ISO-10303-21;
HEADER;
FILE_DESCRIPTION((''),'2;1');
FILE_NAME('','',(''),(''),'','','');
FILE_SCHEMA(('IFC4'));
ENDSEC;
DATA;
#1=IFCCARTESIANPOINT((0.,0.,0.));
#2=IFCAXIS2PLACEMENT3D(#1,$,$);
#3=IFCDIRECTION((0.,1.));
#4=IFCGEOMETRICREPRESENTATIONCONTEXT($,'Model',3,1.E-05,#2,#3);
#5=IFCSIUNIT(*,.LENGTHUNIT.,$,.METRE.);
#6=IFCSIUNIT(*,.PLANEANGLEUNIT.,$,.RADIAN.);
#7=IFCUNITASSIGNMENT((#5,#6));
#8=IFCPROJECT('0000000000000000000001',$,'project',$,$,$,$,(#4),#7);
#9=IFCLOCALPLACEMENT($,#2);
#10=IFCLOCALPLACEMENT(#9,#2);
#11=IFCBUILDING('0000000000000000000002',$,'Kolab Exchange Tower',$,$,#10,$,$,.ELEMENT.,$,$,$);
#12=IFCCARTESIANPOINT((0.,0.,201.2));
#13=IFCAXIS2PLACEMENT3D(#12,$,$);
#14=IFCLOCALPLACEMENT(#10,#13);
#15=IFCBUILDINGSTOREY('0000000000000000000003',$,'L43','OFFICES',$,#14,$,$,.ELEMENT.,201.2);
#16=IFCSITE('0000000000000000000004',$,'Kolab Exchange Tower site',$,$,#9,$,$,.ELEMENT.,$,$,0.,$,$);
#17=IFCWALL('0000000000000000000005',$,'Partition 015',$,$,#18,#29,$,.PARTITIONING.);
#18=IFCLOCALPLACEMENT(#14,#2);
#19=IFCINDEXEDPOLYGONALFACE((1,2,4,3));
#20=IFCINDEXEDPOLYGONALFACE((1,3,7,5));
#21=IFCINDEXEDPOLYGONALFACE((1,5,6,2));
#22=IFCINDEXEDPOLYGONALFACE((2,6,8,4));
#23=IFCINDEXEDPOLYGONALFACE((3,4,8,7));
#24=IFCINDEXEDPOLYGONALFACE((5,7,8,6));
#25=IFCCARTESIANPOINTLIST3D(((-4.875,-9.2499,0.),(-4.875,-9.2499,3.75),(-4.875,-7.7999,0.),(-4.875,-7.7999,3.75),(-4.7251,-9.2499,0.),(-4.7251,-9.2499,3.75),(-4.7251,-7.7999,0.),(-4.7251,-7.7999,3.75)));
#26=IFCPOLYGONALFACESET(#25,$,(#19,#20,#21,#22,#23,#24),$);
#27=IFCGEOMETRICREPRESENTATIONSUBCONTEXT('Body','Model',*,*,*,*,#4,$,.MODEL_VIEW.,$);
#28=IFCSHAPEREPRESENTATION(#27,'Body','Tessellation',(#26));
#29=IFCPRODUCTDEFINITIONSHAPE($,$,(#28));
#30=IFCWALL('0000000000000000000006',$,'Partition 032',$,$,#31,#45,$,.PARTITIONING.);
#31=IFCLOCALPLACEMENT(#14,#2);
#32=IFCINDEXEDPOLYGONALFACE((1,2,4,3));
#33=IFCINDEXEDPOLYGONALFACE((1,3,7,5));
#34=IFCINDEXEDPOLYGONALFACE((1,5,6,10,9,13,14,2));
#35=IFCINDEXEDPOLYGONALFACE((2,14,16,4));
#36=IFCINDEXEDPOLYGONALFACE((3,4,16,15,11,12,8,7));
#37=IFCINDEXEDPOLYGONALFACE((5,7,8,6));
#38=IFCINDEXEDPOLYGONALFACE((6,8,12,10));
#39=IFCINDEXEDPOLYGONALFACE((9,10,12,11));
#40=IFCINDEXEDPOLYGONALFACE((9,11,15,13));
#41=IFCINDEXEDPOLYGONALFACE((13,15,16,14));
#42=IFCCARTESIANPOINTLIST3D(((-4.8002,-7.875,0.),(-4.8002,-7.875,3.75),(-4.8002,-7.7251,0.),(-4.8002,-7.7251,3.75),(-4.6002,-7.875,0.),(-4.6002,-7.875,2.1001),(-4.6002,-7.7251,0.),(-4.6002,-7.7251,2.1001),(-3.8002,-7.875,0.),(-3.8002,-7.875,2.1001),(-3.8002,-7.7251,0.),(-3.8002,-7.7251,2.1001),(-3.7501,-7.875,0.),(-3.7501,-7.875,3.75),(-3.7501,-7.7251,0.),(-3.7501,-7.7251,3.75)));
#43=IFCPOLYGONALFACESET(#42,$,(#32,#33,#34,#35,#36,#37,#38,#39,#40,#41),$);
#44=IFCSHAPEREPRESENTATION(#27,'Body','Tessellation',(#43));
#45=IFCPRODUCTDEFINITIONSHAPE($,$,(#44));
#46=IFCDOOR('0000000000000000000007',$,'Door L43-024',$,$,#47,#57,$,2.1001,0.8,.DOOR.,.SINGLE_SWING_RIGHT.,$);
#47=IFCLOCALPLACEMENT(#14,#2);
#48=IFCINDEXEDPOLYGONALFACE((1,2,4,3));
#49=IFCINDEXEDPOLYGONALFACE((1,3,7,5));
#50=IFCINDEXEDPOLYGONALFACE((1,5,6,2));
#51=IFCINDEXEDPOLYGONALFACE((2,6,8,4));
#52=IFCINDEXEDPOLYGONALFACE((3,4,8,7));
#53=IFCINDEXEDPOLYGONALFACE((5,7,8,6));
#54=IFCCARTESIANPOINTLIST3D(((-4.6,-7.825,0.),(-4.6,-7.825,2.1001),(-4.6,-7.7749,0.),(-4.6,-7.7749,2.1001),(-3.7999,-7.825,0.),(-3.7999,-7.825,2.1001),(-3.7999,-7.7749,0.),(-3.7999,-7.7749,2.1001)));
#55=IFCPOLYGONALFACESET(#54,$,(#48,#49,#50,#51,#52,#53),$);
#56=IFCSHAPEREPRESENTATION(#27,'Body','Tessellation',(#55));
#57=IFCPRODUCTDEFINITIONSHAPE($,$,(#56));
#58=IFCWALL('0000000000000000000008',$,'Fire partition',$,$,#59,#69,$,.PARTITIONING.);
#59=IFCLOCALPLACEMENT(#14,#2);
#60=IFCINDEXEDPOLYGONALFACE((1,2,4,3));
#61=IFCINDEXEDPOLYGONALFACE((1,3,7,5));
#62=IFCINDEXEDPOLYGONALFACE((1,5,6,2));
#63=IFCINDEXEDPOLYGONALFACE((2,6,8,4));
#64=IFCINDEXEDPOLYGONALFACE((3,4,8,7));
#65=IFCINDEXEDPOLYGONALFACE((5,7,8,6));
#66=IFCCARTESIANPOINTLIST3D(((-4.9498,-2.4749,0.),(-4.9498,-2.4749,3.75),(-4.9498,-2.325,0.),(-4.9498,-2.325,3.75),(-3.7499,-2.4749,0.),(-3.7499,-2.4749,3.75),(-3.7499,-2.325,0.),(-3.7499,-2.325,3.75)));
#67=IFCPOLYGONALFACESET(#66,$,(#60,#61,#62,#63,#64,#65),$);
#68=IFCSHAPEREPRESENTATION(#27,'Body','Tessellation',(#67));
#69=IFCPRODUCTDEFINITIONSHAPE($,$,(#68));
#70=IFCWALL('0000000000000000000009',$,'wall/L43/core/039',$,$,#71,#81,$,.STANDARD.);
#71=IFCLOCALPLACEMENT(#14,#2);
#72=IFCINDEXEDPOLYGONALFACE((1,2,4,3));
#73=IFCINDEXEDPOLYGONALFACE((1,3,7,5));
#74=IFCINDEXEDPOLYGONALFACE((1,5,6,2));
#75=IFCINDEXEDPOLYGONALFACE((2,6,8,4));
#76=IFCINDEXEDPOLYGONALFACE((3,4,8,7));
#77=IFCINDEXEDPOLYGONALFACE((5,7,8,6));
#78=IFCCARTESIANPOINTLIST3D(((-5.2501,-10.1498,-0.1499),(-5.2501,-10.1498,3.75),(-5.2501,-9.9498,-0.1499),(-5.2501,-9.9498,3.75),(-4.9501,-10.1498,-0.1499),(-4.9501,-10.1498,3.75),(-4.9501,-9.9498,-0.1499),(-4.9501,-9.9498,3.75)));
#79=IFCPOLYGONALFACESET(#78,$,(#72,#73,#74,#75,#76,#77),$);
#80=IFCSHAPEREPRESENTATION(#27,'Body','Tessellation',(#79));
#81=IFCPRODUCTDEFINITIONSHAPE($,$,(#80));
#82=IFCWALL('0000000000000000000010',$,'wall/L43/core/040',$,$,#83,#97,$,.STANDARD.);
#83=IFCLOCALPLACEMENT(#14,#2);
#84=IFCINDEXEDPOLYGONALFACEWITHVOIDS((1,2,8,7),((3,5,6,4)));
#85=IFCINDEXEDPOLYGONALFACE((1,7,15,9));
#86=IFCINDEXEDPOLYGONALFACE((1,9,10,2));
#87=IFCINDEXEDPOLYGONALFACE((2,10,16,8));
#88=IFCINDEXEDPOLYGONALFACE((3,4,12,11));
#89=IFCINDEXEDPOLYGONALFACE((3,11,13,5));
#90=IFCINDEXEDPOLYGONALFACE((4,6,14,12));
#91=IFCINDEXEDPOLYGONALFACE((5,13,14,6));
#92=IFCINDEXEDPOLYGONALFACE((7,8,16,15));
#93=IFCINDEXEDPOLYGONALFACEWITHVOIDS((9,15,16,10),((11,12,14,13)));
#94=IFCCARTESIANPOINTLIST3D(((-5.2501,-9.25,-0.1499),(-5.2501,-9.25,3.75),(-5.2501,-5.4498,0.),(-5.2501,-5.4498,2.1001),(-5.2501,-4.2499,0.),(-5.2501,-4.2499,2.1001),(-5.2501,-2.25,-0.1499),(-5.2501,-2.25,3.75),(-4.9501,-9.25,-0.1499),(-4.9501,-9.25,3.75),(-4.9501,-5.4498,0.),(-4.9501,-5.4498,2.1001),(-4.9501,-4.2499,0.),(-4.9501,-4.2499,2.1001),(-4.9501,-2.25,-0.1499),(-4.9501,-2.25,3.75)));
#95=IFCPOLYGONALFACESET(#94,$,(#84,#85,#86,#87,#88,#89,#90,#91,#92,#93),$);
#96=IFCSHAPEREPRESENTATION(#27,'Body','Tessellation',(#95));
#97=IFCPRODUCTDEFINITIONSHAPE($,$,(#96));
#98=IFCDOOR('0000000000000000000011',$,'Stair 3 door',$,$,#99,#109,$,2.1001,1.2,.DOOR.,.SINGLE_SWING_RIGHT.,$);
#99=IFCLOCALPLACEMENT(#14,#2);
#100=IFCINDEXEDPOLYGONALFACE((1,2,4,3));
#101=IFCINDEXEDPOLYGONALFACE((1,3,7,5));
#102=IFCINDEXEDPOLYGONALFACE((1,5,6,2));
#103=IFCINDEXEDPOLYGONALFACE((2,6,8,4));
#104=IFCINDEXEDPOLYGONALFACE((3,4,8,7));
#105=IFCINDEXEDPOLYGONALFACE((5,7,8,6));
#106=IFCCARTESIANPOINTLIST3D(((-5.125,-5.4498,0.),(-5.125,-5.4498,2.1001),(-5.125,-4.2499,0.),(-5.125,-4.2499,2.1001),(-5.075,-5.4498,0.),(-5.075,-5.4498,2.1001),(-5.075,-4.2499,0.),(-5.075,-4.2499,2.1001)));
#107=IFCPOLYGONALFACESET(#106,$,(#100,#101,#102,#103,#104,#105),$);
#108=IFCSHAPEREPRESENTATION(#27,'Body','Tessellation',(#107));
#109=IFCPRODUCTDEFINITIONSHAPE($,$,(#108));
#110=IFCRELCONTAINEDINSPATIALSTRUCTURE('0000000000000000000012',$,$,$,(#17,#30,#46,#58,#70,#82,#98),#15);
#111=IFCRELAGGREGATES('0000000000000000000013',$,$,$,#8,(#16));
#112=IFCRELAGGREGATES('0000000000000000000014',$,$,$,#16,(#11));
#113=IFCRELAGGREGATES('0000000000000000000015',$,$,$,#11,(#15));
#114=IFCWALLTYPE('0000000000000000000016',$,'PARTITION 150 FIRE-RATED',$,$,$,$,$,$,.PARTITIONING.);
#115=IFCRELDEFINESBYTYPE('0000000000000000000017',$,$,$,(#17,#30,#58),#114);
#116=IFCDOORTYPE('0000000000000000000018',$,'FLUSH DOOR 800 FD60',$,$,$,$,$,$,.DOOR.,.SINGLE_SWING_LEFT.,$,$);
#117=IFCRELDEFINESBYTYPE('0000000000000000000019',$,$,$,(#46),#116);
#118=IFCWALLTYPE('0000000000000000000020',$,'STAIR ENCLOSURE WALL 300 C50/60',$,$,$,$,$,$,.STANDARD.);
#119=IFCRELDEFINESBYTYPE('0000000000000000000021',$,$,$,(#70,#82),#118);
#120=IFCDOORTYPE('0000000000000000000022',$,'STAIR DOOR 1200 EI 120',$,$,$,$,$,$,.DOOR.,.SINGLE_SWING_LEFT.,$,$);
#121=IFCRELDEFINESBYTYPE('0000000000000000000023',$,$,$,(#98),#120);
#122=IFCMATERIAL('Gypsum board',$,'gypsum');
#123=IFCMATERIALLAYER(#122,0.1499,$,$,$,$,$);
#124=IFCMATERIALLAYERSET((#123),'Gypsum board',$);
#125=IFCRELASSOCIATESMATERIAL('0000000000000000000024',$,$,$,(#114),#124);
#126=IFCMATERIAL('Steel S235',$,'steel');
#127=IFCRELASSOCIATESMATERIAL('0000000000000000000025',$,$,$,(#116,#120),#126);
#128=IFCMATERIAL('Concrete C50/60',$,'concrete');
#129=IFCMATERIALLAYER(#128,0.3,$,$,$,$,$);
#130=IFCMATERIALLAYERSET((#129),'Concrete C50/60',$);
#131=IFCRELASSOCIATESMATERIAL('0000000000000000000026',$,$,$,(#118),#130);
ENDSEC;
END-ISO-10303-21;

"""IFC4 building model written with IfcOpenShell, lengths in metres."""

from ifc_helpers import new_model, si_unit, direction, frame, frame_2d, origin, place, context, subcontext, project, spatial, rectangle, extrude, material, layer, layer_set, type_object, element, fill, save


model = new_model("IFC4")

# Units and contexts
model_context = context("Model", 3, precision=1e-05, world=origin(), true_north=direction((0.0, 1.0)))
body_context = subcontext(model_context, "Body", "Model", "MODEL_VIEW")
ifc_project = project(units=[si_unit("LENGTHUNIT", "METRE"), si_unit("PLANEANGLEUNIT", "RADIAN")], contexts=[model_context])

# Site, building, storey
site_placement = place(None, origin())
site = spatial("IfcSite", under=ifc_project, at=site_placement, Name="Kolab Exchange Tower site", CompositionType="ELEMENT", RefElevation=0.0)
building_placement = place(site_placement, origin())
building = spatial("IfcBuilding", under=site, at=building_placement, Name="Kolab Exchange Tower", CompositionType="ELEMENT")
storey_placement = place(building_placement, frame((0.0, 0.0, 201.2)))
storey = spatial("IfcBuildingStorey", under=building, at=storey_placement, Name="L43", Description="OFFICES", CompositionType="ELEMENT", Elevation=201.2)

# Shared definitions
ifc_material_1 = material(Name="Concrete C50/60", Category="concrete")

# Wall
ifc_material_2 = material(Name="Gypsum board", Category="gypsum")
ifc_layer_1 = layer(ifc_material_2, 0.1499)
ifc_layer_set_1 = layer_set([ifc_layer_1], Name="Gypsum board")
wall_type_1 = type_object("IfcWallType", Name="PARTITION 150 FIRE-RATED", PredefinedType="PARTITIONING", material=ifc_layer_set_1)
wall_1_placement = place(storey_placement, frame((-4.8, -9.25, 0.0), z_axis=(0.0, 0.0, 1.0), x_axis=(0.0, 1.0, 0.0)))
element("IfcWall", 1, at=wall_1_placement, inside=storey, type_object=wall_type_1, Name="Partition 015", PredefinedType="PARTITIONING", context=body_context, shape_type="SweptSolid", body=[
    extrude(rectangle(XDim=1.45, YDim=0.1499, at=frame_2d((0.7251, 0.0))), origin(), (0.0, 0.0, 1.0), 3.75),
])

# Wall, opening, door
wall_2_placement = place(storey_placement, frame((-4.8, -7.8, 0.0), z_axis=(0.0, 0.0, 1.0), x_axis=(1.0, 0.0, 0.0)))
wall_2 = element("IfcWall", 2, at=wall_2_placement, inside=storey, type_object=wall_type_1, Name="Partition 032", PredefinedType="PARTITIONING", context=body_context, shape_type="SweptSolid", body=[
    extrude(rectangle(XDim=1.05, YDim=0.1499, at=frame_2d((0.5249, 0.0))), origin(), (0.0, 0.0, 1.0), 3.75),
])
opening_1_placement = place(wall_2_placement, frame((0.2, 0.0, 0.0)))
opening_1 = element("IfcOpeningElement", 3, at=opening_1_placement, cuts=wall_2, PredefinedType="OPENING", context=body_context, shape_type="SweptSolid", body=[
    extrude(rectangle(XDim=0.8, YDim=2.1001, at=frame_2d((0.3999, 1.05))), frame((0.0, 0.085, 0.0), z_axis=(0.0, -1.0, 0.0), x_axis=(1.0, 0.0, 0.0)), (0.0, 0.0, 1.0), 0.1699),
])
ifc_material_3 = material(Name="Steel S235", Category="steel")
door_type_1 = type_object("IfcDoorType", Name="FLUSH DOOR 800 FD60", OperationType="SINGLE_SWING_LEFT", PredefinedType="DOOR", material=ifc_material_3)
door_1_placement = place(opening_1_placement, frame((0.8, 0.0, 0.0), z_axis=(0.0, 0.0, 1.0), x_axis=(-1.0, 0.0, 0.0)))
door_1 = element("IfcDoor", 4, at=door_1_placement, inside=storey, type_object=door_type_1, Name="Door L43-024", OperationType="SINGLE_SWING_RIGHT", OverallHeight=2.1001, OverallWidth=0.8, PredefinedType="DOOR", context=body_context, shape_type="SweptSolid", body=[
    extrude(rectangle(XDim=0.8, YDim=2.1001, at=frame_2d((0.3999, 1.05))), frame((0.0, 0.0249, 0.0), z_axis=(0.0, -1.0, 0.0), x_axis=(1.0, 0.0, 0.0)), (0.0, 0.0, 1.0), 0.05),
])
fill(opening_1, door_1)

# Walls
wall_3_placement = place(storey_placement, frame((-4.95, -2.3999, 0.0), z_axis=(0.0, 0.0, 1.0), x_axis=(1.0, 0.0, 0.0)))
element("IfcWall", 5, at=wall_3_placement, inside=storey, type_object=wall_type_1, Name="Fire partition", PredefinedType="PARTITIONING", context=body_context, shape_type="SweptSolid", body=[
    extrude(rectangle(XDim=1.2, YDim=0.1499, at=frame_2d((0.6001, 0.0))), origin(), (0.0, 0.0, 1.0), 3.75),
])
ifc_layer_2 = layer(ifc_material_1, 0.3)
ifc_layer_set_2 = layer_set([ifc_layer_2], Name="Concrete C50/60")
wall_type_2 = type_object("IfcWallType", Name="STAIR ENCLOSURE WALL 300 C50/60", PredefinedType="STANDARD", material=ifc_layer_set_2)
wall_4_placement = place(storey_placement, frame((-5.1001, -10.1499, -0.1499), z_axis=(0.0, 0.0, 1.0), x_axis=(0.0, 1.0, 0.0)))
element("IfcWall", 6, at=wall_4_placement, inside=storey, type_object=wall_type_2, Name="wall/L43/core/039", PredefinedType="STANDARD", context=body_context, shape_type="SweptSolid", body=[
    extrude(rectangle(XDim=0.2, YDim=0.3, at=frame_2d((0.1001, 0.0))), origin(), (0.0, 0.0, 1.0), 3.8999),
])

# Wall, opening, door
wall_5_placement = place(storey_placement, frame((-5.1001, -9.25, -0.1499), z_axis=(0.0, 0.0, 1.0), x_axis=(0.0, 1.0, 0.0)))
wall_5 = element("IfcWall", 7, at=wall_5_placement, inside=storey, type_object=wall_type_2, Name="wall/L43/core/040", PredefinedType="STANDARD", context=body_context, shape_type="SweptSolid", body=[
    extrude(rectangle(XDim=7.0, YDim=0.3, at=frame_2d((3.5, 0.0))), origin(), (0.0, 0.0, 1.0), 3.8999),
])
opening_2_placement = place(wall_5_placement, frame((3.8, 0.0, 0.1499)))
opening_2 = element("IfcOpeningElement", 8, at=opening_2_placement, cuts=wall_5, PredefinedType="OPENING", context=body_context, shape_type="SweptSolid", body=[
    extrude(rectangle(XDim=1.2, YDim=2.1001, at=frame_2d((0.6001, 1.05))), frame((0.0, 0.1602, 0.0), z_axis=(0.0, -1.0, 0.0), x_axis=(1.0, 0.0, 0.0)), (0.0, 0.0, 1.0), 0.3201),
])
door_type_2 = type_object("IfcDoorType", Name="STAIR DOOR 1200 EI 120", OperationType="SINGLE_SWING_LEFT", PredefinedType="DOOR", material=ifc_material_3)
door_2_placement = place(opening_2_placement, origin())
door_2 = element("IfcDoor", 9, at=door_2_placement, inside=storey, type_object=door_type_2, Name="Stair 3 door", OperationType="SINGLE_SWING_RIGHT", OverallHeight=2.1001, OverallWidth=1.2, PredefinedType="DOOR", context=body_context, shape_type="SweptSolid", body=[
    extrude(rectangle(XDim=1.2, YDim=2.1001, at=frame_2d((0.6001, 1.05))), frame((0.0, 0.0249, 0.0), z_axis=(0.0, -1.0, 0.0), x_axis=(1.0, 0.0, 0.0)), (0.0, 0.0, 1.0), 0.05),
])
fill(opening_2, door_2)

save(model, "model.ifc")
